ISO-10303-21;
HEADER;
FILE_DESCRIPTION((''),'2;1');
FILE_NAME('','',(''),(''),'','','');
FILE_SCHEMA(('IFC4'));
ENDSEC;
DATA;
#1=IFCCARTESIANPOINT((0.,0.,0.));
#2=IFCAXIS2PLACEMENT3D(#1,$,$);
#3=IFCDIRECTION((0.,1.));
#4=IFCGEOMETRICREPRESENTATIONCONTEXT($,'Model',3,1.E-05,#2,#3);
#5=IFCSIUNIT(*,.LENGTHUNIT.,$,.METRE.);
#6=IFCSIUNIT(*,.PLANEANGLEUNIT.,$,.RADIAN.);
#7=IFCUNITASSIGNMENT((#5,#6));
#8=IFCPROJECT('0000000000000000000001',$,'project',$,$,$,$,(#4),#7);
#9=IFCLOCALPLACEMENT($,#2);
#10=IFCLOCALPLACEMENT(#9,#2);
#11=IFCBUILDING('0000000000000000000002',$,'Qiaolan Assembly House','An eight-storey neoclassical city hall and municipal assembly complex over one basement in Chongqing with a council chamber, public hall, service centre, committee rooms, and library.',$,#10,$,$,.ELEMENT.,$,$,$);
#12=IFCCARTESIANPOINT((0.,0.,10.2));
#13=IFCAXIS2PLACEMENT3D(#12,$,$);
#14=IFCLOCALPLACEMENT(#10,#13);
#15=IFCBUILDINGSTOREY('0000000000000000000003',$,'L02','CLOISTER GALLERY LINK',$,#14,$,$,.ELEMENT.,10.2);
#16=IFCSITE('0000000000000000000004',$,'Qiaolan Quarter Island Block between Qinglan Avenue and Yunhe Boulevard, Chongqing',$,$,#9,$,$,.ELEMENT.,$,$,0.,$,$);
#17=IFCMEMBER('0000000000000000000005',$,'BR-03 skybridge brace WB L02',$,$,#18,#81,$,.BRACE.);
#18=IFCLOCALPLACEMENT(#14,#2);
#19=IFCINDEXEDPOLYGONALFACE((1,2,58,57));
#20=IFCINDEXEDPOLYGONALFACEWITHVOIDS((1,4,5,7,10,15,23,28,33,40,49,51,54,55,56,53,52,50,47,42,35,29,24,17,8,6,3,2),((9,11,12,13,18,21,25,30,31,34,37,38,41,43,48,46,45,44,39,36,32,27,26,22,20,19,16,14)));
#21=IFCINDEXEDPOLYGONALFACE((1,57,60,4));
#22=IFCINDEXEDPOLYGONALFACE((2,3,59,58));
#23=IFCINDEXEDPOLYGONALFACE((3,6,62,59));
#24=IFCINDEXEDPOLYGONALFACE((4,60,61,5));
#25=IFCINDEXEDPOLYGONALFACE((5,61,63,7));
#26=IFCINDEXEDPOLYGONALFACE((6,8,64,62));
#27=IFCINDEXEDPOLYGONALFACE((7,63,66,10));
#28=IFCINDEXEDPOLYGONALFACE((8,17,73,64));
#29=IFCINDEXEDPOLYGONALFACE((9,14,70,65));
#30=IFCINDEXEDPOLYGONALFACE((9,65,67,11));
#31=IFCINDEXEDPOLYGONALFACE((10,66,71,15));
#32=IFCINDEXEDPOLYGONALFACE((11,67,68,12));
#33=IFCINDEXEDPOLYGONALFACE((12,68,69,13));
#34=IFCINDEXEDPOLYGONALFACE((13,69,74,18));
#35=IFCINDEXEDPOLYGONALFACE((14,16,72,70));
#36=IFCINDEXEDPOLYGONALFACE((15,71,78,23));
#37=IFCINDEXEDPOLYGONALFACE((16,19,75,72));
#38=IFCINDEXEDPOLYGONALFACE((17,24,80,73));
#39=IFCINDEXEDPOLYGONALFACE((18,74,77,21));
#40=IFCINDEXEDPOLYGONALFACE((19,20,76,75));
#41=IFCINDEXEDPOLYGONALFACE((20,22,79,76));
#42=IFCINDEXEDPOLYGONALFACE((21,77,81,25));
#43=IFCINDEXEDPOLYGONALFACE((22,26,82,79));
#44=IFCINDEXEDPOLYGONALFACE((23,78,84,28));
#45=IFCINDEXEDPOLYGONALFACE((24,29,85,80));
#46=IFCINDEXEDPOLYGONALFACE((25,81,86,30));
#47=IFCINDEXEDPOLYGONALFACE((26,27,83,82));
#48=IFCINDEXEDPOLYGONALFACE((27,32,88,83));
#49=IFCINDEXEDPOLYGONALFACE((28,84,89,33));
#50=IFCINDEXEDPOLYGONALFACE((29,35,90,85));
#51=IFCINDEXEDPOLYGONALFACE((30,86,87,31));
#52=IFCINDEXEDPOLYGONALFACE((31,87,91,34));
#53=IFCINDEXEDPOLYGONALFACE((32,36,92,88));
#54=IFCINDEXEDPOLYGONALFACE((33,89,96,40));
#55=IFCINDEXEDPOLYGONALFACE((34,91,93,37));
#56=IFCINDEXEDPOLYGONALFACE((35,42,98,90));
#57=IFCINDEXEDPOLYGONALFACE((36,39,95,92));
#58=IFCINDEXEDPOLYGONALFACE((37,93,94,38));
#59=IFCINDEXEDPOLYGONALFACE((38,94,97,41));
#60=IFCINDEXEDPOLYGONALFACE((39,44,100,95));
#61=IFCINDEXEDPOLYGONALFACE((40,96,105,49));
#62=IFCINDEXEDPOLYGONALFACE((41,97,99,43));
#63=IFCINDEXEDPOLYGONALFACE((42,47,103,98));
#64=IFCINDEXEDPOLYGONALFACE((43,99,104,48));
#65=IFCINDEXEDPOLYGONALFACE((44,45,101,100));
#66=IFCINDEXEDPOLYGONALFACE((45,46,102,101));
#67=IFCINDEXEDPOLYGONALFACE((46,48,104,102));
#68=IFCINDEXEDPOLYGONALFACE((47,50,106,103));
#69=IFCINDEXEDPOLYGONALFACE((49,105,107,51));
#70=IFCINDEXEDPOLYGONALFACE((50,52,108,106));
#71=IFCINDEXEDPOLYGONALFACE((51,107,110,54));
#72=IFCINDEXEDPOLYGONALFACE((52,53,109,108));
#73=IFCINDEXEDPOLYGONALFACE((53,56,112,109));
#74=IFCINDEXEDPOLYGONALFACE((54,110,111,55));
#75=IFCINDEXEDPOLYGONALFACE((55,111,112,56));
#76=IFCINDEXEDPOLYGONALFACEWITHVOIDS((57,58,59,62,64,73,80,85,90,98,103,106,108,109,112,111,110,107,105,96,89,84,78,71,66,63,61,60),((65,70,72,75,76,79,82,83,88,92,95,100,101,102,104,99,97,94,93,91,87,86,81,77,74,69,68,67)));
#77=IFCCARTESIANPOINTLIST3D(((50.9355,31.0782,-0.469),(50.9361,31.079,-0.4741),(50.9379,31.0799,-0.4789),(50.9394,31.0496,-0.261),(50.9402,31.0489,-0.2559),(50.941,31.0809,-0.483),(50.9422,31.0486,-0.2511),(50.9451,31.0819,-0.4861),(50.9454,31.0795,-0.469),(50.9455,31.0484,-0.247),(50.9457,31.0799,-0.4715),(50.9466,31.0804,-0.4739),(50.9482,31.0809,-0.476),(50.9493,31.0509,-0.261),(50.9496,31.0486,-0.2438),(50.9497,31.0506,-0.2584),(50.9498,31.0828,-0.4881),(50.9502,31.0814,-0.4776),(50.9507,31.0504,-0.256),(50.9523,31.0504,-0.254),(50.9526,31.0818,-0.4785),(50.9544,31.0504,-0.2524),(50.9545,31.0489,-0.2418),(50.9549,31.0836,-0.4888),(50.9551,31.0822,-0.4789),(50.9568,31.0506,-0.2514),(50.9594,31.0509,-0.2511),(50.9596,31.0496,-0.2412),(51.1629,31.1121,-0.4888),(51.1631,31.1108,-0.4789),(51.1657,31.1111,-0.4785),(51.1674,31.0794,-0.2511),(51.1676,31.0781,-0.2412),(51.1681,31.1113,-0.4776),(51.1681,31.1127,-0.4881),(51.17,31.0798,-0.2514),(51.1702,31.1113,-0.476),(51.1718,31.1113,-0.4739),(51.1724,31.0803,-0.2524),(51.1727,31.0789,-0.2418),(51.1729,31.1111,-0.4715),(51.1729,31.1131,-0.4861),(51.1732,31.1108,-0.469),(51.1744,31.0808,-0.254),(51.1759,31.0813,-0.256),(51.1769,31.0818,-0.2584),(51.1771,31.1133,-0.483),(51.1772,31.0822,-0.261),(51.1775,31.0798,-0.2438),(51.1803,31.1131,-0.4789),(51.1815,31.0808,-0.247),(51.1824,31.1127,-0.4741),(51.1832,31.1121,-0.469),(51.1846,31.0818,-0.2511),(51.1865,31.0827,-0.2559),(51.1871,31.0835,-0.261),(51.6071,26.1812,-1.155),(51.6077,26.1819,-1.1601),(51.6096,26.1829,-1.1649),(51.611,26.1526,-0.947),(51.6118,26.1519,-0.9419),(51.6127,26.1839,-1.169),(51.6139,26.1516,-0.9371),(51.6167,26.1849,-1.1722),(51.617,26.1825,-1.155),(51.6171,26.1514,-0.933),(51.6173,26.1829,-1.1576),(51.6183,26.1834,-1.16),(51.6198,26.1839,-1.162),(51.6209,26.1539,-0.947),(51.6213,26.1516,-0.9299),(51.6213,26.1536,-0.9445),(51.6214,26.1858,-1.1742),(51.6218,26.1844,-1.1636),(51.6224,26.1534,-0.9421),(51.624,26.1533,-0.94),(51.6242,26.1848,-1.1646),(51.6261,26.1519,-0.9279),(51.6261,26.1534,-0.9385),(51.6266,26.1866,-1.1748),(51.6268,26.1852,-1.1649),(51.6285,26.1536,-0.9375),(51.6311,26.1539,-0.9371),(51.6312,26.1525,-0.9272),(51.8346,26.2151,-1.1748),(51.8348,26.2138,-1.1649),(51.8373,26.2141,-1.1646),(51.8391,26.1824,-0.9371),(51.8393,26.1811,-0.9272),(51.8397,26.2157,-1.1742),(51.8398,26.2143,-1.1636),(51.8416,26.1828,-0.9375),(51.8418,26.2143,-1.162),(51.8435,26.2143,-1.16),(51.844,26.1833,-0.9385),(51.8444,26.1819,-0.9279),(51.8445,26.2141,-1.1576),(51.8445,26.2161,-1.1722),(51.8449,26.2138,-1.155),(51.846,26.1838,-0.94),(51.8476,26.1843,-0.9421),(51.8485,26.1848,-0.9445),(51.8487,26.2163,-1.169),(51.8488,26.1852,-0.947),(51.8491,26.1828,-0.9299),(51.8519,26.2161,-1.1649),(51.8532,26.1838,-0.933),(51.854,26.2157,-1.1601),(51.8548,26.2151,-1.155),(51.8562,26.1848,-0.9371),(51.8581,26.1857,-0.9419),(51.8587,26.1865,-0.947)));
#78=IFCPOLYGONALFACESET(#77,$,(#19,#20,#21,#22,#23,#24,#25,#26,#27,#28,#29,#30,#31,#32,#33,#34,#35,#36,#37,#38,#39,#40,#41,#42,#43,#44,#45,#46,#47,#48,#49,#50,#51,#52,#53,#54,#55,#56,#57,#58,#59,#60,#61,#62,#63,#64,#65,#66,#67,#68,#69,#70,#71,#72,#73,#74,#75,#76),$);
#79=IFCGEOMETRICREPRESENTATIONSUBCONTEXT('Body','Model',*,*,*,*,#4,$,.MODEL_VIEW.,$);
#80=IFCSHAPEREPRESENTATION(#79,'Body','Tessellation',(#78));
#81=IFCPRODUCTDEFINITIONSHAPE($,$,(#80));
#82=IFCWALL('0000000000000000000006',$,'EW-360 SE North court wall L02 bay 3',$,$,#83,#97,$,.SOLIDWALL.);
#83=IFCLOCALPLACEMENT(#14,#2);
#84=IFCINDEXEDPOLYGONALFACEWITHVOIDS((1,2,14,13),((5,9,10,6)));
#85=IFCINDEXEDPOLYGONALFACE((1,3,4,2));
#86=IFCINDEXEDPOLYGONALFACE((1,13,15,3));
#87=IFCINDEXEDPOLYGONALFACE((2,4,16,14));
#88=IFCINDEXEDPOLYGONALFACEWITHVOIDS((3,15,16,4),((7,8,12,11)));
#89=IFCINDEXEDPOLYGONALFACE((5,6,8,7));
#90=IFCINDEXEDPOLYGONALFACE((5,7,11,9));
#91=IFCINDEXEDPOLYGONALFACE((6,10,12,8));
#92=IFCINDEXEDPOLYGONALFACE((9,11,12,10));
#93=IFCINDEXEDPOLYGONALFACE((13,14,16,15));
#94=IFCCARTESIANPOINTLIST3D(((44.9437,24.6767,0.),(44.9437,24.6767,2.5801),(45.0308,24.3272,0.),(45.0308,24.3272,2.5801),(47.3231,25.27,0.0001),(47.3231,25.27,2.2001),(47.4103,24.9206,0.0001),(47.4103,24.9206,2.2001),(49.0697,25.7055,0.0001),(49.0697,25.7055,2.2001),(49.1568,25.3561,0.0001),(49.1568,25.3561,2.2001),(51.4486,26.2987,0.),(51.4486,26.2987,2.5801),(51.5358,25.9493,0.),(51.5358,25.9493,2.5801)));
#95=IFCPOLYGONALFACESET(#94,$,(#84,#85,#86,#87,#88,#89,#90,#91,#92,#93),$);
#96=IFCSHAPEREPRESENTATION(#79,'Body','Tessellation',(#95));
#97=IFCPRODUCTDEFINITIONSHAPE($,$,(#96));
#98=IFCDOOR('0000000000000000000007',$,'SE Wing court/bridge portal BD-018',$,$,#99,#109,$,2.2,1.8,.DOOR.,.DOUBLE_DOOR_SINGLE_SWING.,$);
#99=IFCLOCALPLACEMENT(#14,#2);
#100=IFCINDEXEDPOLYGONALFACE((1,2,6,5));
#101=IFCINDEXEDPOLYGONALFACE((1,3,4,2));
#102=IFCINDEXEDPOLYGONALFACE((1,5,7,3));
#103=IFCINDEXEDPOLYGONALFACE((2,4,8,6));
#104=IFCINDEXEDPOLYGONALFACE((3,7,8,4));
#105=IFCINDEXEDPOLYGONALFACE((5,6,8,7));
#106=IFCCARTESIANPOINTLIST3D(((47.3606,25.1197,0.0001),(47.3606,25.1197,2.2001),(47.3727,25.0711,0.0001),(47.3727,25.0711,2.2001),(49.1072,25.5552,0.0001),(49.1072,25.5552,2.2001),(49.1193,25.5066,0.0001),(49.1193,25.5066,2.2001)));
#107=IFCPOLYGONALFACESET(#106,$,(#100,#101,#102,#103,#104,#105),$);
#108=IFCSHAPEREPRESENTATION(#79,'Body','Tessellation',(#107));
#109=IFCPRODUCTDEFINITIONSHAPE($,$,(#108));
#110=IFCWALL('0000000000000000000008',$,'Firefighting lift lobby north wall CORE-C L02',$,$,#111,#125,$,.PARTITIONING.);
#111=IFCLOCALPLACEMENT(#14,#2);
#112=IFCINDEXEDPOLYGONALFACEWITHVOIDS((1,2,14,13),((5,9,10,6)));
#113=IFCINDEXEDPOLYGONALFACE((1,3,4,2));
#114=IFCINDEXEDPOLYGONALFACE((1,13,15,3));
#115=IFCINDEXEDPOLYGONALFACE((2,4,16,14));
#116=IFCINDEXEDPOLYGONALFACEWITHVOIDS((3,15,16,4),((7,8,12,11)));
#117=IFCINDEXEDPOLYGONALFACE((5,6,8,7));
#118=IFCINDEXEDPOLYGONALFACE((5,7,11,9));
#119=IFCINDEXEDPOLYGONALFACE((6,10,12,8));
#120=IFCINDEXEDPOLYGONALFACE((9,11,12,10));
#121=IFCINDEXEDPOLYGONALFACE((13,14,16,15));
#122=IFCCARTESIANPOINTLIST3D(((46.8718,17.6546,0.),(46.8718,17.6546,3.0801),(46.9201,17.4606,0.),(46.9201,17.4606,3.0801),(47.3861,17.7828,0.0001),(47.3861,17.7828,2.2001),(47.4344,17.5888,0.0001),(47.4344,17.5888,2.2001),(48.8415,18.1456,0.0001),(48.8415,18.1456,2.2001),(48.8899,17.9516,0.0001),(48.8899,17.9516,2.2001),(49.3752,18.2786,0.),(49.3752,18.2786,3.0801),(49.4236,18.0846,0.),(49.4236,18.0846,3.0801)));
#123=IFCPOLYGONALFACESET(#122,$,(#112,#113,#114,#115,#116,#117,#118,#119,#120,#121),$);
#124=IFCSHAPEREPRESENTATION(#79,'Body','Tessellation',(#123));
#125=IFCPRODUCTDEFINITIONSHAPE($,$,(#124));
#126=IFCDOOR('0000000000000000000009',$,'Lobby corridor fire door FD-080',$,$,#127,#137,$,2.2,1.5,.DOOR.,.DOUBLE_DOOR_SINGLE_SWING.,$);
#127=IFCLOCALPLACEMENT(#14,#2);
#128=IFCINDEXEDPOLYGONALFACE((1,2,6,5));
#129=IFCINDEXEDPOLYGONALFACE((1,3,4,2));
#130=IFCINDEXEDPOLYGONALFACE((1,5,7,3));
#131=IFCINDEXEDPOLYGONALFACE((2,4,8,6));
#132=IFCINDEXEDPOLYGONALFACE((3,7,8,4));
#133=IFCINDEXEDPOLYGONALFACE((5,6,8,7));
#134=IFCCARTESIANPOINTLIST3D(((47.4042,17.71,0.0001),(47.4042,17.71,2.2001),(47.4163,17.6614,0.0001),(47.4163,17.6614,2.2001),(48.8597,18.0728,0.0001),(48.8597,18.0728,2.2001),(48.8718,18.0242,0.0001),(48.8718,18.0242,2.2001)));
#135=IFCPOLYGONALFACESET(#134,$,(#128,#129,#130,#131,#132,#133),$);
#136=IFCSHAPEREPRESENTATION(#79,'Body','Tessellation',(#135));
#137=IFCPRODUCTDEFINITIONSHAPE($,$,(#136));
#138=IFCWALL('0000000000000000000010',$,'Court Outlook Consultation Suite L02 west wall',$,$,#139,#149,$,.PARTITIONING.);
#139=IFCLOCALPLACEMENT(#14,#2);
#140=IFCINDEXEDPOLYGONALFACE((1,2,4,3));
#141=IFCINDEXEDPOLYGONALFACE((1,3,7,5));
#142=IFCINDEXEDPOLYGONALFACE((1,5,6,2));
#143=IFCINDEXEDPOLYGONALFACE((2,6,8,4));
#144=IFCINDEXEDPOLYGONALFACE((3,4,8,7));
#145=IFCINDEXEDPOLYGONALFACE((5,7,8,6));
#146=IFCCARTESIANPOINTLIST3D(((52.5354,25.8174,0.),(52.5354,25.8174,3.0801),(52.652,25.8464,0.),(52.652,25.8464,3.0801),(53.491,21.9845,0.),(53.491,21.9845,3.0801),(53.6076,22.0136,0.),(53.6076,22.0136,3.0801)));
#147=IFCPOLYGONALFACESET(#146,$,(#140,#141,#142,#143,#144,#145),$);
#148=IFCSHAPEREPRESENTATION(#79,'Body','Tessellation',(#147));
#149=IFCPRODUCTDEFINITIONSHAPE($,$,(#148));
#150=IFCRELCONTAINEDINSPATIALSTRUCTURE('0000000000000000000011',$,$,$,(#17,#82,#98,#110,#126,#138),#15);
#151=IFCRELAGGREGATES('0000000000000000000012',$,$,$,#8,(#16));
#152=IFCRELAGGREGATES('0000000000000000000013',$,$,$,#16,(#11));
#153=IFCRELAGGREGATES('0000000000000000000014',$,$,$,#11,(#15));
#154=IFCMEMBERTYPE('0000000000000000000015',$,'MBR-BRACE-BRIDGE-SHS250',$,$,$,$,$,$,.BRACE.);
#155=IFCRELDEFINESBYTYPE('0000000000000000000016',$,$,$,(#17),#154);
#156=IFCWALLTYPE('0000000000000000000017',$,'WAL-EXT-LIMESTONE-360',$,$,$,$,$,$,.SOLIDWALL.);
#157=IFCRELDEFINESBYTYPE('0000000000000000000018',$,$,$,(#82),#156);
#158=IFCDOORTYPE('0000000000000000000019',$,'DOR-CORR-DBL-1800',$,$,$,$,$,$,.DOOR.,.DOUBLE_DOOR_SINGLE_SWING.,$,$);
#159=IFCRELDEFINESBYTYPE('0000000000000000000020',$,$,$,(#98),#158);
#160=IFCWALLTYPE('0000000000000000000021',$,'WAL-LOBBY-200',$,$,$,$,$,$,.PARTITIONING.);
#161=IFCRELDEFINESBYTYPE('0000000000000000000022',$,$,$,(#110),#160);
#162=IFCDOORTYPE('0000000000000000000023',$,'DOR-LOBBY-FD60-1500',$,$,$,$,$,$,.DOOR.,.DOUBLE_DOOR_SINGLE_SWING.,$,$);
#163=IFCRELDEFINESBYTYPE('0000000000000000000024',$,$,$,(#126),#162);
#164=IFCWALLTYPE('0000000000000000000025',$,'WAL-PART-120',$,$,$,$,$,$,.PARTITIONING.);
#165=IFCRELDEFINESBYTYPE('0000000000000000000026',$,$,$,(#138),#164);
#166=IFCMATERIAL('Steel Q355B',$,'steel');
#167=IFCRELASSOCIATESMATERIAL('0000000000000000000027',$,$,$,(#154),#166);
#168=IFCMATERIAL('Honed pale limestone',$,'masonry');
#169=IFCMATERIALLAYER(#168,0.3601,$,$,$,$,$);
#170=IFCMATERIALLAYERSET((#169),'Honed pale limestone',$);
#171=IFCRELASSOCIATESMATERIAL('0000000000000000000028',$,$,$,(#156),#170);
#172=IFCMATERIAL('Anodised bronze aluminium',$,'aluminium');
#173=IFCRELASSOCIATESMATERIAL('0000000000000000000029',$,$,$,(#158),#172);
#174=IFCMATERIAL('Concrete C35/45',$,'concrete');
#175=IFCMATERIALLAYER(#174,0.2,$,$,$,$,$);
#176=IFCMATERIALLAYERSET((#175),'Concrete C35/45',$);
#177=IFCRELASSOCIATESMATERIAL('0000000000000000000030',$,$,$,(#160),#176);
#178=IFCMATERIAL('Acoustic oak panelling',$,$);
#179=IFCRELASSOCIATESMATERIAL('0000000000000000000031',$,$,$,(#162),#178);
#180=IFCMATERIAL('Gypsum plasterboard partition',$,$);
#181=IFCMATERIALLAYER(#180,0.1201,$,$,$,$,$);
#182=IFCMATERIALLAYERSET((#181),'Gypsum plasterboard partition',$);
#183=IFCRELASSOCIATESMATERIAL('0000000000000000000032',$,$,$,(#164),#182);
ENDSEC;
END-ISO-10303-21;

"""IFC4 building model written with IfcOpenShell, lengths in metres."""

from ifc_helpers import new_model, si_unit, direction, frame, frame_2d, origin, origin_2d, place, context, subcontext, project, spatial, rectangle, hollow_rectangle, extrude, material, layer, layer_set, material_profile, profile_set, type_object, element, fill, save


model = new_model("IFC4")

# Units and contexts
model_context = context("Model", 3, precision=1e-05, world=origin(), true_north=direction((0.0, 1.0)))
body_context = subcontext(model_context, "Body", "Model", "MODEL_VIEW")
ifc_project = project(units=[si_unit("LENGTHUNIT", "METRE"), si_unit("PLANEANGLEUNIT", "RADIAN")], contexts=[model_context])

# Site, building, storey
site_placement = place(None, origin())
site = spatial("IfcSite", under=ifc_project, at=site_placement, Name="Qiaolan Quarter Island Block between Qinglan Avenue and Yunhe Boulevard, Chongqing", CompositionType="ELEMENT", RefElevation=0.0)
building_placement = place(site_placement, origin())
building = spatial("IfcBuilding", under=site, at=building_placement, Name="Qiaolan Assembly House", Description="An eight-storey neoclassical city hall and municipal assembly complex over one basement in Chongqing with a council chamber, public hall, service centre, committee rooms, and library.", CompositionType="ELEMENT")
storey_placement = place(building_placement, frame((0.0, 0.0, 10.2)))
storey = spatial("IfcBuildingStorey", under=building, at=storey_placement, Name="L02", Description="CLOISTER GALLERY LINK", CompositionType="ELEMENT", Elevation=10.2)

# Member
ifc_material_1 = material(Name="Steel Q355B", Category="steel")
ifc_material_profile_1 = material_profile(ifc_material_1, hollow_rectangle(XDim=0.25, YDim=0.25, WallThickness=0.01, InnerFilletRadius=0.01, OuterFilletRadius=0.02, at=origin_2d()), Name="SHS 250x250x10")
ifc_profile_set_1 = profile_set([ifc_material_profile_1], Name="Steel Q355B")
member_type = type_object("IfcMemberType", Name="MBR-BRACE-BRIDGE-SHS250", PredefinedType="BRACE", material=ifc_profile_set_1)
member_placement = place(storey_placement, frame((51.7329, 26.1838, -1.051), z_axis=(-0.13459, 0.981318, 0.137477), x_axis=(-0.990725, -0.13588, 0.0)))
element("IfcMember", 1, at=member_placement, inside=storey, type_object=member_type, Name="BR-03 skybridge brace WB L02", PredefinedType="BRACE", context=body_context, shape_type="SweptSolid", body=[
    extrude(hollow_rectangle(XDim=0.25, YDim=0.25, WallThickness=0.01, InnerFilletRadius=0.01, OuterFilletRadius=0.02, at=origin_2d()), origin(), (0.0, 0.0, 1.0), 4.9902),
])

# Walls, openings, doors
ifc_material_2 = material(Name="Honed pale limestone", Category="masonry")
ifc_layer_1 = layer(ifc_material_2, 0.3601)
ifc_layer_set_1 = layer_set([ifc_layer_1], Name="Honed pale limestone")
wall_type_1 = type_object("IfcWallType", Name="WAL-EXT-LIMESTONE-360", PredefinedType="SOLIDWALL", material=ifc_layer_set_1)
wall_1_placement = place(storey_placement, frame((51.4922, 26.124, 0.0), z_axis=(0.0, 0.0, 1.0), x_axis=(-0.970288, -0.241953, 0.0)))
wall_1 = element("IfcWall", 2, at=wall_1_placement, inside=storey, type_object=wall_type_1, Name="EW-360 SE North court wall L02 bay 3", PredefinedType="SOLIDWALL", context=body_context, shape_type="SweptSolid", body=[
    extrude(rectangle(XDim=6.7041, YDim=0.3601, at=frame_2d((3.3521, 0.0))), origin(), (0.0, 0.0, 1.0), 2.5801),
])
opening_1_placement = place(wall_1_placement, frame((2.4519, 0.0, 0.0)))
opening_1 = element("IfcOpeningElement", 3, at=opening_1_placement, cuts=wall_1, PredefinedType="OPENING", context=body_context, shape_type="SweptSolid", body=[
    extrude(rectangle(XDim=1.8, YDim=2.2, at=frame_2d((0.8999, 1.1001))), frame((0.0, 0.1899, 0.0), z_axis=(0.0, -1.0, 0.0), x_axis=(1.0, 0.0, 0.0)), (0.0, 0.0, 1.0), 0.3801),
])
ifc_material_3 = material(Name="Anodised bronze aluminium", Category="aluminium")
door_type_1 = type_object("IfcDoorType", Name="DOR-CORR-DBL-1800", OperationType="DOUBLE_DOOR_SINGLE_SWING", PredefinedType="DOOR", material=ifc_material_3)
door_1_placement = place(opening_1_placement, origin())
door_1 = element("IfcDoor", 4, at=door_1_placement, inside=storey, type_object=door_type_1, Name="SE Wing court/bridge portal BD-018", OperationType="DOUBLE_DOOR_SINGLE_SWING", OverallHeight=2.2, OverallWidth=1.8, PredefinedType="DOOR", context=body_context, shape_type="SweptSolid", body=[
    extrude(rectangle(XDim=1.8, YDim=2.2, at=frame_2d((0.8999, 1.1001))), frame((0.0, 0.0249, 0.0), z_axis=(0.0, -1.0, 0.0), x_axis=(1.0, 0.0, 0.0)), (0.0, 0.0, 1.0), 0.05),
])
fill(opening_1, door_1)
ifc_material_4 = material(Name="Concrete C35/45", Category="concrete")
ifc_layer_2 = layer(ifc_material_4, 0.2)
ifc_layer_set_2 = layer_set([ifc_layer_2], Name="Concrete C35/45")
wall_type_2 = type_object("IfcWallType", Name="WAL-LOBBY-200", PredefinedType="PARTITIONING", material=ifc_layer_set_2)
wall_2_placement = place(storey_placement, frame((49.3994, 18.1816, 0.0), z_axis=(0.0, 0.0, 1.0), x_axis=(-0.970309, -0.241868, 0.0)))
wall_2 = element("IfcWall", 5, at=wall_2_placement, inside=storey, type_object=wall_type_2, Name="Firefighting lift lobby north wall CORE-C L02", PredefinedType="PARTITIONING", context=body_context, shape_type="SweptSolid", body=[
    extrude(rectangle(XDim=2.5801, YDim=0.2, at=frame_2d((1.29, 0.0))), origin(), (0.0, 0.0, 1.0), 3.0801),
])
opening_2_placement = place(wall_2_placement, frame((0.55, 0.0, 0.0)))
opening_2 = element("IfcOpeningElement", 6, at=opening_2_placement, cuts=wall_2, PredefinedType="OPENING", context=body_context, shape_type="SweptSolid", body=[
    extrude(rectangle(XDim=1.5, YDim=2.2, at=frame_2d((0.75, 1.1001))), frame((0.0, 0.1099, 0.0), z_axis=(0.0, -1.0, 0.0), x_axis=(1.0, 0.0, 0.0)), (0.0, 0.0, 1.0), 0.22),
])
ifc_material_5 = material(Name="Acoustic oak panelling")
door_type_2 = type_object("IfcDoorType", Name="DOR-LOBBY-FD60-1500", OperationType="DOUBLE_DOOR_SINGLE_SWING", PredefinedType="DOOR", material=ifc_material_5)
door_2_placement = place(opening_2_placement, frame((1.5, 0.0, 0.0), z_axis=(0.0, 0.0, 1.0), x_axis=(-1.0, 0.0, 0.0)))
door_2 = element("IfcDoor", 7, at=door_2_placement, inside=storey, type_object=door_type_2, Name="Lobby corridor fire door FD-080", OperationType="DOUBLE_DOOR_SINGLE_SWING", OverallHeight=2.2, OverallWidth=1.5, PredefinedType="DOOR", context=body_context, shape_type="SweptSolid", body=[
    extrude(rectangle(XDim=1.5, YDim=2.2, at=frame_2d((0.75, 1.1001))), frame((0.0, 0.0249, 0.0), z_axis=(0.0, -1.0, 0.0), x_axis=(1.0, 0.0, 0.0)), (0.0, 0.0, 1.0), 0.05),
])
fill(opening_2, door_2)

# Wall
ifc_material_6 = material(Name="Gypsum plasterboard partition")
ifc_layer_3 = layer(ifc_material_6, 0.1201)
ifc_layer_set_3 = layer_set([ifc_layer_3], Name="Gypsum plasterboard partition")
wall_type_3 = type_object("IfcWallType", Name="WAL-PART-120", PredefinedType="PARTITIONING", material=ifc_layer_set_3)
wall_3_placement = place(storey_placement, frame((53.5493, 21.999, 0.0), z_axis=(0.0, 0.0, 1.0), x_axis=(-0.24191, 0.970299, 0.0)))
element("IfcWall", 8, at=wall_3_placement, inside=storey, type_object=wall_type_3, Name="Court Outlook Consultation Suite L02 west wall", PredefinedType="PARTITIONING", context=body_context, shape_type="SweptSolid", body=[
    extrude(rectangle(XDim=3.9502, YDim=0.1201, at=frame_2d((1.9751, 0.0))), origin(), (0.0, 0.0, 1.0), 3.0801),
])

save(model, "model.ifc")
